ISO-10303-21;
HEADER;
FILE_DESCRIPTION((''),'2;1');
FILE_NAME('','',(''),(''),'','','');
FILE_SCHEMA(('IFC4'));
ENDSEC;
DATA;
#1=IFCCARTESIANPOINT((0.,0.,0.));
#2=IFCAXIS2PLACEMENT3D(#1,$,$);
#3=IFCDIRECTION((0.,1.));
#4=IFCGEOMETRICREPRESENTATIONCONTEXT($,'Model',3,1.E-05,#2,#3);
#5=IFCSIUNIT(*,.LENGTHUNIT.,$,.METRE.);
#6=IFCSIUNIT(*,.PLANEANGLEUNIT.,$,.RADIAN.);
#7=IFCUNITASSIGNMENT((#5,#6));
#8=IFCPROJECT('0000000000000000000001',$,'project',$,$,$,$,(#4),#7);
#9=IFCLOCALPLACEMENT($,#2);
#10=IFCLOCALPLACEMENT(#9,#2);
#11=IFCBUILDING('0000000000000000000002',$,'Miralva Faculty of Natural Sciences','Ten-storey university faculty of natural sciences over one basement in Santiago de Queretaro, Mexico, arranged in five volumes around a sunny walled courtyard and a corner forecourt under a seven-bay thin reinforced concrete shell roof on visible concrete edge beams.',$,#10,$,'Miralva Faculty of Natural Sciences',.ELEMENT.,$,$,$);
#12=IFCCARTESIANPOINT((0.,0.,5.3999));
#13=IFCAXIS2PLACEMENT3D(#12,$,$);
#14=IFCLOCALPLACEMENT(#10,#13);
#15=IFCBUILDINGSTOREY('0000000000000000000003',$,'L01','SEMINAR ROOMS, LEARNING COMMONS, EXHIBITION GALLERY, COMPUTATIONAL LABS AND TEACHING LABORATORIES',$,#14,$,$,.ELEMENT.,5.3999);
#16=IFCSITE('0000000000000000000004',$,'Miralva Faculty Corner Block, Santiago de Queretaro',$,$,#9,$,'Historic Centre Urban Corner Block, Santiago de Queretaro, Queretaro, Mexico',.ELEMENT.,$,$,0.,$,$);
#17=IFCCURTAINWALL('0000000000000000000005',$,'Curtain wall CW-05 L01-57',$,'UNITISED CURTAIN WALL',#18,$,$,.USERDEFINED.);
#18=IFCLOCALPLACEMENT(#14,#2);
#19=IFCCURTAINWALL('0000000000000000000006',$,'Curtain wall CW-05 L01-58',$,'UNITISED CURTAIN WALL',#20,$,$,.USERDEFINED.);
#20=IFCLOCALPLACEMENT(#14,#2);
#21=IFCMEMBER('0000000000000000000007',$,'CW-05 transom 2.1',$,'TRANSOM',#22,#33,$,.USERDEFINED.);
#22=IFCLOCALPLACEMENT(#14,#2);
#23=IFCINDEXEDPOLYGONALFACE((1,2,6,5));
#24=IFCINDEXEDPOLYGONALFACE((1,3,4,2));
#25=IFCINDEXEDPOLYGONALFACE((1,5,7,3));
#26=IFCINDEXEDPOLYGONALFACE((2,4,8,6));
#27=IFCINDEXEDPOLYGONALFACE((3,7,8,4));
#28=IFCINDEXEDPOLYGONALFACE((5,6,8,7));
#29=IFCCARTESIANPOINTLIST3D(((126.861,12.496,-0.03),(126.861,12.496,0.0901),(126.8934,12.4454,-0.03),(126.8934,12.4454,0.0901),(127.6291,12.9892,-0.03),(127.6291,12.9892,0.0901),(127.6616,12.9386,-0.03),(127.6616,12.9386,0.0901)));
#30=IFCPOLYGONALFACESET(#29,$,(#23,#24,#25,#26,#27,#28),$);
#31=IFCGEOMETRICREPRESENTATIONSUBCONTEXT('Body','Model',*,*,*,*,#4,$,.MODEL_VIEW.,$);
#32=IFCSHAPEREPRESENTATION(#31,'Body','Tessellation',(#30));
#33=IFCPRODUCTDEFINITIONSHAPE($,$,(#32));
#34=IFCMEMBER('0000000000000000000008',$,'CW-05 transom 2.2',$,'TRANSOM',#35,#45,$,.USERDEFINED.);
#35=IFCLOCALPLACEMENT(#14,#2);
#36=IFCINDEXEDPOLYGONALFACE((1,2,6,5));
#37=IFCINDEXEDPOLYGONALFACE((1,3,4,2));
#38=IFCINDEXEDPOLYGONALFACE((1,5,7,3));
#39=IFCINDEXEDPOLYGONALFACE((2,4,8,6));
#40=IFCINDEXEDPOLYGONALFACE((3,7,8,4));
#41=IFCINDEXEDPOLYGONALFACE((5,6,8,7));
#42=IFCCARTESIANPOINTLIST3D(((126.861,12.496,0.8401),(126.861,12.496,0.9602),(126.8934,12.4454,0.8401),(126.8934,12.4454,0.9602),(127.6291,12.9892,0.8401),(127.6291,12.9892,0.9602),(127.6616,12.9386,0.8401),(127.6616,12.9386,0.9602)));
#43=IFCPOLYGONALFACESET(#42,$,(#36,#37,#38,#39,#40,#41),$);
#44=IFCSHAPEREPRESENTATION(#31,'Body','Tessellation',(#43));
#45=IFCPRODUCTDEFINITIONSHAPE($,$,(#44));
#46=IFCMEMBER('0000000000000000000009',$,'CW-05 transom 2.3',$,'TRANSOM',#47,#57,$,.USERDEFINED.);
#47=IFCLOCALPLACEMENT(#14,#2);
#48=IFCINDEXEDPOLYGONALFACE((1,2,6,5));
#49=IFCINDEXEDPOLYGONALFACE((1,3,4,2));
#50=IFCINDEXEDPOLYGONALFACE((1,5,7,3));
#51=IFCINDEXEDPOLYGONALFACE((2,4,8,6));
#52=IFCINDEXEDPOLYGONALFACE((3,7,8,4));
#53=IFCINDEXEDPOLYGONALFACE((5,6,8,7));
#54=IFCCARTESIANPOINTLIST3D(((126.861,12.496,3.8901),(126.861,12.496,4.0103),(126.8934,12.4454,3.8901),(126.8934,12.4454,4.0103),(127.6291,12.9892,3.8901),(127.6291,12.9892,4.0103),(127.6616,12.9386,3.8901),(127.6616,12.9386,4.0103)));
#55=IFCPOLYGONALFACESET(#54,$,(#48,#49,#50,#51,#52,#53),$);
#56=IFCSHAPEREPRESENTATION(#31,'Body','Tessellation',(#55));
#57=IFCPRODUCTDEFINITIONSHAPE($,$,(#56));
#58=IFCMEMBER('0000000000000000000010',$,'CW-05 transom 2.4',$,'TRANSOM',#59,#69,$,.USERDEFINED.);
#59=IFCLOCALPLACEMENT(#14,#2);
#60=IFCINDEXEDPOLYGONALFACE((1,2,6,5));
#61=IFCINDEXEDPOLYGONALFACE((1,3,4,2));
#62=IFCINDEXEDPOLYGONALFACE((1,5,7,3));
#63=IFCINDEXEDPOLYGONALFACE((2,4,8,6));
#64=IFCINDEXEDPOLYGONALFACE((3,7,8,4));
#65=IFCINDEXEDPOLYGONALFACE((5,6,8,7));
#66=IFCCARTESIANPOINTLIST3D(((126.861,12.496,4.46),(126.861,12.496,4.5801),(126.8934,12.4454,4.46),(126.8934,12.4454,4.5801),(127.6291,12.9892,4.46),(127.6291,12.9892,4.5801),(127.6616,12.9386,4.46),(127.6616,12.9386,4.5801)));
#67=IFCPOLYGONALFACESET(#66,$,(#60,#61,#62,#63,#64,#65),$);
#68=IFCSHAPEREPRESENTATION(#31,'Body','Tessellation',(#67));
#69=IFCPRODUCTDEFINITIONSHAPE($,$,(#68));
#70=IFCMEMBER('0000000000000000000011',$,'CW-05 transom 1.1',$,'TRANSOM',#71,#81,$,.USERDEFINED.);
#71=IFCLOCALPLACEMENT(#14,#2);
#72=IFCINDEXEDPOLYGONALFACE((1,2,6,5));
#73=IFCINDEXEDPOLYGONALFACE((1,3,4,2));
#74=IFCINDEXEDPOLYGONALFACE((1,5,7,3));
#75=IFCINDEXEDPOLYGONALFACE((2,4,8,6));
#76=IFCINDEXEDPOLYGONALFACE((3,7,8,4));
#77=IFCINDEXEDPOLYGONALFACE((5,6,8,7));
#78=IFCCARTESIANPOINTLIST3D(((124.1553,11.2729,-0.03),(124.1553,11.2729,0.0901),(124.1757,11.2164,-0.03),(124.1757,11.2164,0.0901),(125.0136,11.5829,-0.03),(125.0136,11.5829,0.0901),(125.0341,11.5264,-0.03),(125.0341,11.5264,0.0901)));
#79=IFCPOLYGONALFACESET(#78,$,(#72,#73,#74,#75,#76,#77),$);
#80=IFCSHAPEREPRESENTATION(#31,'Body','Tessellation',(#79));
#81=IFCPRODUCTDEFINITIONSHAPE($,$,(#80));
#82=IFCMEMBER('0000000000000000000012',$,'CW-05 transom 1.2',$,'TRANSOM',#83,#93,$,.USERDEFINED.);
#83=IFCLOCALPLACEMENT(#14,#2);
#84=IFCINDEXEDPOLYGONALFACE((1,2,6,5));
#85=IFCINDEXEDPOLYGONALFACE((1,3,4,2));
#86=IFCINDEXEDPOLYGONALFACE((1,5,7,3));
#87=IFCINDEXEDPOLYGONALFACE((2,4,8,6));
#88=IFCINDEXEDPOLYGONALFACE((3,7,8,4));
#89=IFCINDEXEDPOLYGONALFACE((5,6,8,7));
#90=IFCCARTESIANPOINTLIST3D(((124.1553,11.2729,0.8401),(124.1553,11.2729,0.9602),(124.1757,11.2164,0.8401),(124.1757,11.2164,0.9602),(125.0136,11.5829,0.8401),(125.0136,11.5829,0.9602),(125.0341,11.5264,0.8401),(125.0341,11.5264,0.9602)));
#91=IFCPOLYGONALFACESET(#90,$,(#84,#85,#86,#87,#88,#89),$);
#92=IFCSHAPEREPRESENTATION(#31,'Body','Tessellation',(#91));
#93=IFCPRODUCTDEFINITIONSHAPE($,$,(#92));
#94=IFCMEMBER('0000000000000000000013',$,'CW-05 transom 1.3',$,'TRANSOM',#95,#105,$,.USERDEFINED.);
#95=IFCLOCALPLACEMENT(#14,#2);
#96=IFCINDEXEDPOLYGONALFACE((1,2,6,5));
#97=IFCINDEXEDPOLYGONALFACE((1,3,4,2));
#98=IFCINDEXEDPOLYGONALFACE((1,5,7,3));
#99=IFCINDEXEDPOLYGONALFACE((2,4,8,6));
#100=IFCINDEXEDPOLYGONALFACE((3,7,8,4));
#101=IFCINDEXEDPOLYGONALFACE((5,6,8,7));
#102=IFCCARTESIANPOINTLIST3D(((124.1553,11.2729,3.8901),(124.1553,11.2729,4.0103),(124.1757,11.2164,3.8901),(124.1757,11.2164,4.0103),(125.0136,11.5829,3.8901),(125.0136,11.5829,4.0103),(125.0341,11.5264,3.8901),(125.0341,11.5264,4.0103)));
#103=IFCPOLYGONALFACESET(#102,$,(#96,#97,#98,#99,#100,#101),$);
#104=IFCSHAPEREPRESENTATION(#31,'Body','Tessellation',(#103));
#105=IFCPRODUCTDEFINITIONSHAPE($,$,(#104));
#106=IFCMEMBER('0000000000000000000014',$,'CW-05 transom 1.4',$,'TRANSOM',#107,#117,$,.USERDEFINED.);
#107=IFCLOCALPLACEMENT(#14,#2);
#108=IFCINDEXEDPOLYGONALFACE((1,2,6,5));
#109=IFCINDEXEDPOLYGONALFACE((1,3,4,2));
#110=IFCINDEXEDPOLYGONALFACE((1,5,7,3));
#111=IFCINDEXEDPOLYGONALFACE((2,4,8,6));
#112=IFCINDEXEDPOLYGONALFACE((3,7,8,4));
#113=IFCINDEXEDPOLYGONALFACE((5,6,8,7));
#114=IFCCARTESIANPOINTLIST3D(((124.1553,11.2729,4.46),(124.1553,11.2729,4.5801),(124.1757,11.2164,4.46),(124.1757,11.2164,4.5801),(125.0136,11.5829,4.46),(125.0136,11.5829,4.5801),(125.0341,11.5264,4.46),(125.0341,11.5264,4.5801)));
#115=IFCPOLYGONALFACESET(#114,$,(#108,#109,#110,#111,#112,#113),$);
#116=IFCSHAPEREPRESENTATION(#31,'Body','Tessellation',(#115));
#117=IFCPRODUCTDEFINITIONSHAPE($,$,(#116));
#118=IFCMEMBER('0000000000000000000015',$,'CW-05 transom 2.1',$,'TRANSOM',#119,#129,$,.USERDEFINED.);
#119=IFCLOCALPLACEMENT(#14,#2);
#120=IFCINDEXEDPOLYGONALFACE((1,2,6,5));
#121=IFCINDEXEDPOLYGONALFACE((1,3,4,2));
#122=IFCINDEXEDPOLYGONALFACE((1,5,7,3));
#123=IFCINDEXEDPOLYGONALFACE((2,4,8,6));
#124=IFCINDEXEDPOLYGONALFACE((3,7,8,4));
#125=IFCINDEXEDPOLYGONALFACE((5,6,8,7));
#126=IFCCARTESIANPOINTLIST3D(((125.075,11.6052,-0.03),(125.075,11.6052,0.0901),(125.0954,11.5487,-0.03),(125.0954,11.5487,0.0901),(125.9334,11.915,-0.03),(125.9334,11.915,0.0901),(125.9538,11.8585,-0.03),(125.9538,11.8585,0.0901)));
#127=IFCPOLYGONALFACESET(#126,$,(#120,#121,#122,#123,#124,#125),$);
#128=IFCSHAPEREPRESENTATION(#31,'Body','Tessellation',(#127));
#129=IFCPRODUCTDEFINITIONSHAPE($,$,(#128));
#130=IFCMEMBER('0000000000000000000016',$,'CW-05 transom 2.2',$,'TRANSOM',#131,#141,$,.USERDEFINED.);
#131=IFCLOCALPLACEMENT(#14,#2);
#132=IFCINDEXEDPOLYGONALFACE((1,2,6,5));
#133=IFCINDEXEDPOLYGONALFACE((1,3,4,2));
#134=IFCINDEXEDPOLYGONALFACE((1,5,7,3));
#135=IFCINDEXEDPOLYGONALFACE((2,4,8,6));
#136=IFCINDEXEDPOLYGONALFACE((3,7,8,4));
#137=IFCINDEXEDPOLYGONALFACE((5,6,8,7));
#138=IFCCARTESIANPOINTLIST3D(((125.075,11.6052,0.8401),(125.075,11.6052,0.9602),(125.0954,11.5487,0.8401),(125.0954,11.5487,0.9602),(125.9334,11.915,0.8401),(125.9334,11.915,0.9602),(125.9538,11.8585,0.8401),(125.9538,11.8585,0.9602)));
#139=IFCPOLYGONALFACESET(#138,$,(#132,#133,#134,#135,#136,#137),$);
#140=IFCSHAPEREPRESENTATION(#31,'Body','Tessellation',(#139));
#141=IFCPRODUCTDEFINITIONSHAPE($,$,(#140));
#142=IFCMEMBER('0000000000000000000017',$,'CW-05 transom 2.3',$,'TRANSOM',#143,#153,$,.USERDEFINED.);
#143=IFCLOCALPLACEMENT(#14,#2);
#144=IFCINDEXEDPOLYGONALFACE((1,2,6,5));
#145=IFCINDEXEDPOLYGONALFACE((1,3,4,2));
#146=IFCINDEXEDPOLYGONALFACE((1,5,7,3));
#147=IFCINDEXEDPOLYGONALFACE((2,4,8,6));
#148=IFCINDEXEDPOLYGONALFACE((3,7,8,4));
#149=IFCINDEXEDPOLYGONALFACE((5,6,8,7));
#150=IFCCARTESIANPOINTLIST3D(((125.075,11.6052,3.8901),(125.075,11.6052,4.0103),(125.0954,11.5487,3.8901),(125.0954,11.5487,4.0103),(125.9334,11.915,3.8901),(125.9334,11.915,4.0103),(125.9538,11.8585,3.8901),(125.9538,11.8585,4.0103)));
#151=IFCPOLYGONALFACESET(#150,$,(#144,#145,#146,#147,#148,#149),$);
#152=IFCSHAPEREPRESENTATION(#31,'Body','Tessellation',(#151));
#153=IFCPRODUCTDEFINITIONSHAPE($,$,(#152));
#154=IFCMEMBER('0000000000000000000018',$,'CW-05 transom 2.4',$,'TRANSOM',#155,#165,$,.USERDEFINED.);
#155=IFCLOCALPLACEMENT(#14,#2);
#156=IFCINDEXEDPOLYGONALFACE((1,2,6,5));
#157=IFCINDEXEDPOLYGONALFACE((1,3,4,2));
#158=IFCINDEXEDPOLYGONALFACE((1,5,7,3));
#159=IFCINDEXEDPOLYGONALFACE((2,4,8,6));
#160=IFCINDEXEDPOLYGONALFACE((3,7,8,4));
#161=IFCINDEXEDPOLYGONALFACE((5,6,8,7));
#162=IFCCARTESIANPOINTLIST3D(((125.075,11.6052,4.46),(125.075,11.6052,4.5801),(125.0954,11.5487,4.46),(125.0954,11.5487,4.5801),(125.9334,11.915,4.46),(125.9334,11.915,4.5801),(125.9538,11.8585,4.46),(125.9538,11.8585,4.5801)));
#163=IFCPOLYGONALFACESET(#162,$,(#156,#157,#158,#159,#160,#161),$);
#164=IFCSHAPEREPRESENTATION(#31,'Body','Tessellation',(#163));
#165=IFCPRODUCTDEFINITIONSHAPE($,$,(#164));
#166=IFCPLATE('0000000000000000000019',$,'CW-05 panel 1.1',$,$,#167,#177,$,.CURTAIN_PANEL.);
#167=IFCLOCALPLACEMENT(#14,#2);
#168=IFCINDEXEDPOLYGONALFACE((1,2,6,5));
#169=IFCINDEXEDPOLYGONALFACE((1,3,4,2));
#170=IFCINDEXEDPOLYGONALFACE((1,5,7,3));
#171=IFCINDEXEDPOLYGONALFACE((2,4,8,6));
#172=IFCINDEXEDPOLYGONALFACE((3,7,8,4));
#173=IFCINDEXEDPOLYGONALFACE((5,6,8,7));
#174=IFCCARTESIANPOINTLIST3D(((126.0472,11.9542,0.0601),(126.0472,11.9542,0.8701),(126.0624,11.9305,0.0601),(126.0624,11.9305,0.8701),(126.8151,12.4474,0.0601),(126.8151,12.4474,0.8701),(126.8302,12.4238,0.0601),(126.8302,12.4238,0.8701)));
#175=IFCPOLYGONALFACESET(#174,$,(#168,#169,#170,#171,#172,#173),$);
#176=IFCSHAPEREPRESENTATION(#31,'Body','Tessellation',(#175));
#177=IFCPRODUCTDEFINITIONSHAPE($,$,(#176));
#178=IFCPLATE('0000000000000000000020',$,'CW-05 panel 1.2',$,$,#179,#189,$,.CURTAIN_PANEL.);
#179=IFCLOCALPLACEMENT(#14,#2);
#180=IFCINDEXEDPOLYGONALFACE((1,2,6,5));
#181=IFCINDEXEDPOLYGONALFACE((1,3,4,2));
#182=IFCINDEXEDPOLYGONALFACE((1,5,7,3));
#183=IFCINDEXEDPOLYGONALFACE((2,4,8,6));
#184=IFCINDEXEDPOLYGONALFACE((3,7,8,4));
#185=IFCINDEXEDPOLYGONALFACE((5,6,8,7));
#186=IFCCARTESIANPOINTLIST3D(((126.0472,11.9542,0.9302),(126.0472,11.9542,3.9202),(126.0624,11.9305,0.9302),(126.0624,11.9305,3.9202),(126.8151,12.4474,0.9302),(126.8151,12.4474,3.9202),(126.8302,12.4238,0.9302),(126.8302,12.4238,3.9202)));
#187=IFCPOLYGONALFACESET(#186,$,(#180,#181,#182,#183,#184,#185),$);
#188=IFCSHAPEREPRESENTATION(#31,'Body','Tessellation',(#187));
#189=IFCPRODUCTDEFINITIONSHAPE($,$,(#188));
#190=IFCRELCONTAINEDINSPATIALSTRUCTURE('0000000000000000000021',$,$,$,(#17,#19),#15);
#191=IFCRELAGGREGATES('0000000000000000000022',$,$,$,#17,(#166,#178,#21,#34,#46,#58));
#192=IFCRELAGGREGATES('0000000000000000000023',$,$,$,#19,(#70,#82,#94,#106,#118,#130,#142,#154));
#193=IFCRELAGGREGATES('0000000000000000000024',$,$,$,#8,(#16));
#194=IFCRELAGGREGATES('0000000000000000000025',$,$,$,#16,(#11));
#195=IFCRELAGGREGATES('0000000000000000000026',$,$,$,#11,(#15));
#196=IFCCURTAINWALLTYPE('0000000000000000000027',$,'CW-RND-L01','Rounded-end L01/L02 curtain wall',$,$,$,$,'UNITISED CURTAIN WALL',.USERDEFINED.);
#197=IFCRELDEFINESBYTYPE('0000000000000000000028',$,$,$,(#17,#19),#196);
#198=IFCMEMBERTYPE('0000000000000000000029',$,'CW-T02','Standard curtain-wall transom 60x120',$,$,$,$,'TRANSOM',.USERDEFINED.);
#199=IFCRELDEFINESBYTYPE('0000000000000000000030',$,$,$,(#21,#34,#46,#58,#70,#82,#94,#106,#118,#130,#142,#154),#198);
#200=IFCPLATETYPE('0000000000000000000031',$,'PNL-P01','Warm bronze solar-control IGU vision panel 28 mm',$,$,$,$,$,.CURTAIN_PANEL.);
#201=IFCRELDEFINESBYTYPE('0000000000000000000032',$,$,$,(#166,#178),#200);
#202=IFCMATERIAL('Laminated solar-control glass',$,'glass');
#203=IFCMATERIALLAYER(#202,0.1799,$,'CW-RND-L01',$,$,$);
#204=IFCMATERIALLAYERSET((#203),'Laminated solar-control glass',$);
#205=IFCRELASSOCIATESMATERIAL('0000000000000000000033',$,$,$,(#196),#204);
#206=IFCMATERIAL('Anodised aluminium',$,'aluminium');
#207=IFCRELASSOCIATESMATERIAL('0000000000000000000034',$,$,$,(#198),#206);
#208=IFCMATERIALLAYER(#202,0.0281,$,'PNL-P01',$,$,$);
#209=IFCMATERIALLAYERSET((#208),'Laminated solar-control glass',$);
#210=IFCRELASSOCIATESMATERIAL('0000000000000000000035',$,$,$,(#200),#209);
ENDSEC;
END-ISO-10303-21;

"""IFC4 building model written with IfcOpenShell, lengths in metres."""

from ifc_helpers import new_model, si_unit, direction, frame, origin, origin_2d, place, context, subcontext, project, spatial, rectangle, extrude, material, layer, layer_set, material_profile, profile_set, type_object, element, aggregate, save


model = new_model("IFC4")

# Units and contexts
model_context = context("Model", 3, precision=1e-05, world=origin(), true_north=direction((0.0, 1.0)))
body_context = subcontext(model_context, "Body", "Model", "MODEL_VIEW")
ifc_project = project(units=[si_unit("LENGTHUNIT", "METRE"), si_unit("PLANEANGLEUNIT", "RADIAN")], contexts=[model_context])

# Site, building, storey
site_placement = place(None, origin())
site = spatial("IfcSite", under=ifc_project, at=site_placement, Name="Miralva Faculty Corner Block, Santiago de Queretaro", LongName="Historic Centre Urban Corner Block, Santiago de Queretaro, Queretaro, Mexico", CompositionType="ELEMENT", RefElevation=0.0)
building_placement = place(site_placement, origin())
building = spatial("IfcBuilding", under=site, at=building_placement, Name="Miralva Faculty of Natural Sciences", Description="Ten-storey university faculty of natural sciences over one basement in Santiago de Queretaro, Mexico, arranged in five volumes around a sunny walled courtyard and a corner forecourt under a seven-bay thin reinforced concrete shell roof on visible concrete edge beams.", LongName="Miralva Faculty of Natural Sciences", CompositionType="ELEMENT")
storey_placement = place(building_placement, frame((0.0, 0.0, 5.3999)))
storey = spatial("IfcBuildingStorey", under=building, at=storey_placement, Name="L01", Description="SEMINAR ROOMS, LEARNING COMMONS, EXHIBITION GALLERY, COMPUTATIONAL LABS AND TEACHING LABORATORIES", CompositionType="ELEMENT", Elevation=5.3999)

# Shared definitions
ifc_material_1 = material(Name="Laminated solar-control glass", Category="glass")
ifc_layer_1 = layer(ifc_material_1, 0.1799, Name="CW-RND-L01")
ifc_layer_set_1 = layer_set([ifc_layer_1], Name="Laminated solar-control glass")
curtain_wall_type = type_object("IfcCurtainWallType", Name="CW-RND-L01", Description="Rounded-end L01/L02 curtain wall", ElementType="UNITISED CURTAIN WALL", PredefinedType="USERDEFINED", material=ifc_layer_set_1)
ifc_material_2 = material(Name="Anodised aluminium", Category="aluminium")

# Curtain walls
curtain_wall_1_placement = place(storey_placement, origin())
curtain_wall_1 = element("IfcCurtainWall", 1, at=curtain_wall_1_placement, inside=storey, type_object=curtain_wall_type, Name="Curtain wall CW-05 L01-57", ObjectType="UNITISED CURTAIN WALL", PredefinedType="USERDEFINED")
curtain_wall_2_placement = place(storey_placement, origin())
curtain_wall_2 = element("IfcCurtainWall", 2, at=curtain_wall_2_placement, inside=storey, type_object=curtain_wall_type, Name="Curtain wall CW-05 L01-58", ObjectType="UNITISED CURTAIN WALL", PredefinedType="USERDEFINED")

# Members
ifc_material_profile_1 = material_profile(ifc_material_2, rectangle(XDim=0.0601, YDim=0.1201, at=origin_2d()), Name="TRANSOM 60x120")
ifc_profile_set_1 = profile_set([ifc_material_profile_1], Name="Anodised aluminium")
member_type_1 = type_object("IfcMemberType", Name="CW-T02", Description="Standard curtain-wall transom 60x120", ElementType="TRANSOM", PredefinedType="USERDEFINED", material=ifc_profile_set_1)
member_1_placement = place(storey_placement, frame((126.8772, 12.4707, 0.03), z_axis=(0.841474, 0.540298, 0.0), x_axis=(-0.540298, 0.841474, 0.0)))
member_1 = element("IfcMember", 3, at=member_1_placement, type_object=member_type_1, Name="CW-05 transom 2.1", ObjectType="TRANSOM", PredefinedType="USERDEFINED", context=body_context, shape_type="SweptSolid", body=[
    extrude(rectangle(XDim=0.0601, YDim=0.1201, at=origin_2d()), origin(), (0.0, 0.0, 1.0), 0.9128),
])
member_2_placement = place(storey_placement, frame((126.8772, 12.4707, 0.9001), z_axis=(0.841474, 0.540298, 0.0), x_axis=(-0.540298, 0.841474, 0.0)))
member_2 = element("IfcMember", 4, at=member_2_placement, type_object=member_type_1, Name="CW-05 transom 2.2", ObjectType="TRANSOM", PredefinedType="USERDEFINED", context=body_context, shape_type="SweptSolid", body=[
    extrude(rectangle(XDim=0.0601, YDim=0.1201, at=origin_2d()), origin(), (0.0, 0.0, 1.0), 0.9128),
])
member_3_placement = place(storey_placement, frame((126.8772, 12.4707, 3.9502), z_axis=(0.841474, 0.540298, 0.0), x_axis=(-0.540298, 0.841474, 0.0)))
member_3 = element("IfcMember", 5, at=member_3_placement, type_object=member_type_1, Name="CW-05 transom 2.3", ObjectType="TRANSOM", PredefinedType="USERDEFINED", context=body_context, shape_type="SweptSolid", body=[
    extrude(rectangle(XDim=0.0601, YDim=0.1201, at=origin_2d()), origin(), (0.0, 0.0, 1.0), 0.9128),
])
member_4_placement = place(storey_placement, frame((126.8772, 12.4707, 4.52), z_axis=(0.841474, 0.540298, 0.0), x_axis=(-0.540298, 0.841474, 0.0)))
member_4 = element("IfcMember", 6, at=member_4_placement, type_object=member_type_1, Name="CW-05 transom 2.4", ObjectType="TRANSOM", PredefinedType="USERDEFINED", context=body_context, shape_type="SweptSolid", body=[
    extrude(rectangle(XDim=0.0601, YDim=0.1201, at=origin_2d()), origin(), (0.0, 0.0, 1.0), 0.9128),
])
member_5_placement = place(storey_placement, frame((124.1655, 11.2446, 0.03), z_axis=(0.940525, 0.339723, 0.0), x_axis=(-0.339723, 0.940525, 0.0)))
member_5 = element("IfcMember", 7, at=member_5_placement, type_object=member_type_1, Name="CW-05 transom 1.1", ObjectType="TRANSOM", PredefinedType="USERDEFINED", context=body_context, shape_type="SweptSolid", body=[
    extrude(rectangle(XDim=0.0601, YDim=0.1201, at=origin_2d()), origin(), (0.0, 0.0, 1.0), 0.9126),
])
member_6_placement = place(storey_placement, frame((124.1655, 11.2446, 0.9001), z_axis=(0.940525, 0.339723, 0.0), x_axis=(-0.339723, 0.940525, 0.0)))
member_6 = element("IfcMember", 8, at=member_6_placement, type_object=member_type_1, Name="CW-05 transom 1.2", ObjectType="TRANSOM", PredefinedType="USERDEFINED", context=body_context, shape_type="SweptSolid", body=[
    extrude(rectangle(XDim=0.0601, YDim=0.1201, at=origin_2d()), origin(), (0.0, 0.0, 1.0), 0.9126),
])
member_7_placement = place(storey_placement, frame((124.1655, 11.2446, 3.9502), z_axis=(0.940525, 0.339723, 0.0), x_axis=(-0.339723, 0.940525, 0.0)))
member_7 = element("IfcMember", 9, at=member_7_placement, type_object=member_type_1, Name="CW-05 transom 1.3", ObjectType="TRANSOM", PredefinedType="USERDEFINED", context=body_context, shape_type="SweptSolid", body=[
    extrude(rectangle(XDim=0.0601, YDim=0.1201, at=origin_2d()), origin(), (0.0, 0.0, 1.0), 0.9126),
])
member_8_placement = place(storey_placement, frame((124.1655, 11.2446, 4.52), z_axis=(0.940525, 0.339723, 0.0), x_axis=(-0.339723, 0.940525, 0.0)))
member_8 = element("IfcMember", 10, at=member_8_placement, type_object=member_type_1, Name="CW-05 transom 1.4", ObjectType="TRANSOM", PredefinedType="USERDEFINED", context=body_context, shape_type="SweptSolid", body=[
    extrude(rectangle(XDim=0.0601, YDim=0.1201, at=origin_2d()), origin(), (0.0, 0.0, 1.0), 0.9126),
])
member_9_placement = place(storey_placement, frame((125.0852, 11.5769, 0.03), z_axis=(0.940611, 0.339487, 0.0), x_axis=(-0.339487, 0.940611, 0.0)))
member_9 = element("IfcMember", 11, at=member_9_placement, type_object=member_type_1, Name="CW-05 transom 2.1", ObjectType="TRANSOM", PredefinedType="USERDEFINED", context=body_context, shape_type="SweptSolid", body=[
    extrude(rectangle(XDim=0.0601, YDim=0.1201, at=origin_2d()), origin(), (0.0, 0.0, 1.0), 0.9126),
])
member_10_placement = place(storey_placement, frame((125.0852, 11.5769, 0.9001), z_axis=(0.940611, 0.339487, 0.0), x_axis=(-0.339487, 0.940611, 0.0)))
member_10 = element("IfcMember", 12, at=member_10_placement, type_object=member_type_1, Name="CW-05 transom 2.2", ObjectType="TRANSOM", PredefinedType="USERDEFINED", context=body_context, shape_type="SweptSolid", body=[
    extrude(rectangle(XDim=0.0601, YDim=0.1201, at=origin_2d()), origin(), (0.0, 0.0, 1.0), 0.9126),
])
member_11_placement = place(storey_placement, frame((125.0852, 11.5769, 3.9502), z_axis=(0.940611, 0.339487, 0.0), x_axis=(-0.339487, 0.940611, 0.0)))
member_11 = element("IfcMember", 13, at=member_11_placement, type_object=member_type_1, Name="CW-05 transom 2.3", ObjectType="TRANSOM", PredefinedType="USERDEFINED", context=body_context, shape_type="SweptSolid", body=[
    extrude(rectangle(XDim=0.0601, YDim=0.1201, at=origin_2d()), origin(), (0.0, 0.0, 1.0), 0.9126),
])
member_12_placement = place(storey_placement, frame((125.0852, 11.5769, 4.52), z_axis=(0.940611, 0.339487, 0.0), x_axis=(-0.339487, 0.940611, 0.0)))
member_12 = element("IfcMember", 14, at=member_12_placement, type_object=member_type_1, Name="CW-05 transom 2.4", ObjectType="TRANSOM", PredefinedType="USERDEFINED", context=body_context, shape_type="SweptSolid", body=[
    extrude(rectangle(XDim=0.0601, YDim=0.1201, at=origin_2d()), origin(), (0.0, 0.0, 1.0), 0.9126),
])

# Plates
ifc_layer_2 = layer(ifc_material_1, 0.0281, Name="PNL-P01")
ifc_layer_set_2 = layer_set([ifc_layer_2], Name="Laminated solar-control glass")
plate_type = type_object("IfcPlateType", Name="PNL-P01", Description="Warm bronze solar-control IGU vision panel 28 mm", PredefinedType="CURTAIN_PANEL", material=ifc_layer_set_2)
plate_1_placement = place(storey_placement, frame((126.4387, 12.189, 0.0601), z_axis=(0.0, 0.0, 1.0), x_axis=(0.841379, 0.540445, 0.0)))
plate_1 = element("IfcPlate", 15, at=plate_1_placement, type_object=plate_type, Name="CW-05 panel 1.1", PredefinedType="CURTAIN_PANEL", context=body_context, shape_type="SweptSolid", body=[
    extrude(rectangle(XDim=0.9126, YDim=0.0281, at=origin_2d()), origin(), (0.0, 0.0, 1.0), 0.8101),
])
plate_2_placement = place(storey_placement, frame((126.4387, 12.189, 0.9302), z_axis=(0.0, 0.0, 1.0), x_axis=(0.841379, 0.540445, 0.0)))
plate_2 = element("IfcPlate", 16, at=plate_2_placement, type_object=plate_type, Name="CW-05 panel 1.2", PredefinedType="CURTAIN_PANEL", context=body_context, shape_type="SweptSolid", body=[
    extrude(rectangle(XDim=0.9126, YDim=0.0281, at=origin_2d()), origin(), (0.0, 0.0, 1.0), 2.99),
])
aggregate(curtain_wall_1, [plate_1, plate_2, member_1, member_2, member_3, member_4])
aggregate(curtain_wall_2, [member_5, member_6, member_7, member_8, member_9, member_10, member_11, member_12])

save(model, "model.ifc")
